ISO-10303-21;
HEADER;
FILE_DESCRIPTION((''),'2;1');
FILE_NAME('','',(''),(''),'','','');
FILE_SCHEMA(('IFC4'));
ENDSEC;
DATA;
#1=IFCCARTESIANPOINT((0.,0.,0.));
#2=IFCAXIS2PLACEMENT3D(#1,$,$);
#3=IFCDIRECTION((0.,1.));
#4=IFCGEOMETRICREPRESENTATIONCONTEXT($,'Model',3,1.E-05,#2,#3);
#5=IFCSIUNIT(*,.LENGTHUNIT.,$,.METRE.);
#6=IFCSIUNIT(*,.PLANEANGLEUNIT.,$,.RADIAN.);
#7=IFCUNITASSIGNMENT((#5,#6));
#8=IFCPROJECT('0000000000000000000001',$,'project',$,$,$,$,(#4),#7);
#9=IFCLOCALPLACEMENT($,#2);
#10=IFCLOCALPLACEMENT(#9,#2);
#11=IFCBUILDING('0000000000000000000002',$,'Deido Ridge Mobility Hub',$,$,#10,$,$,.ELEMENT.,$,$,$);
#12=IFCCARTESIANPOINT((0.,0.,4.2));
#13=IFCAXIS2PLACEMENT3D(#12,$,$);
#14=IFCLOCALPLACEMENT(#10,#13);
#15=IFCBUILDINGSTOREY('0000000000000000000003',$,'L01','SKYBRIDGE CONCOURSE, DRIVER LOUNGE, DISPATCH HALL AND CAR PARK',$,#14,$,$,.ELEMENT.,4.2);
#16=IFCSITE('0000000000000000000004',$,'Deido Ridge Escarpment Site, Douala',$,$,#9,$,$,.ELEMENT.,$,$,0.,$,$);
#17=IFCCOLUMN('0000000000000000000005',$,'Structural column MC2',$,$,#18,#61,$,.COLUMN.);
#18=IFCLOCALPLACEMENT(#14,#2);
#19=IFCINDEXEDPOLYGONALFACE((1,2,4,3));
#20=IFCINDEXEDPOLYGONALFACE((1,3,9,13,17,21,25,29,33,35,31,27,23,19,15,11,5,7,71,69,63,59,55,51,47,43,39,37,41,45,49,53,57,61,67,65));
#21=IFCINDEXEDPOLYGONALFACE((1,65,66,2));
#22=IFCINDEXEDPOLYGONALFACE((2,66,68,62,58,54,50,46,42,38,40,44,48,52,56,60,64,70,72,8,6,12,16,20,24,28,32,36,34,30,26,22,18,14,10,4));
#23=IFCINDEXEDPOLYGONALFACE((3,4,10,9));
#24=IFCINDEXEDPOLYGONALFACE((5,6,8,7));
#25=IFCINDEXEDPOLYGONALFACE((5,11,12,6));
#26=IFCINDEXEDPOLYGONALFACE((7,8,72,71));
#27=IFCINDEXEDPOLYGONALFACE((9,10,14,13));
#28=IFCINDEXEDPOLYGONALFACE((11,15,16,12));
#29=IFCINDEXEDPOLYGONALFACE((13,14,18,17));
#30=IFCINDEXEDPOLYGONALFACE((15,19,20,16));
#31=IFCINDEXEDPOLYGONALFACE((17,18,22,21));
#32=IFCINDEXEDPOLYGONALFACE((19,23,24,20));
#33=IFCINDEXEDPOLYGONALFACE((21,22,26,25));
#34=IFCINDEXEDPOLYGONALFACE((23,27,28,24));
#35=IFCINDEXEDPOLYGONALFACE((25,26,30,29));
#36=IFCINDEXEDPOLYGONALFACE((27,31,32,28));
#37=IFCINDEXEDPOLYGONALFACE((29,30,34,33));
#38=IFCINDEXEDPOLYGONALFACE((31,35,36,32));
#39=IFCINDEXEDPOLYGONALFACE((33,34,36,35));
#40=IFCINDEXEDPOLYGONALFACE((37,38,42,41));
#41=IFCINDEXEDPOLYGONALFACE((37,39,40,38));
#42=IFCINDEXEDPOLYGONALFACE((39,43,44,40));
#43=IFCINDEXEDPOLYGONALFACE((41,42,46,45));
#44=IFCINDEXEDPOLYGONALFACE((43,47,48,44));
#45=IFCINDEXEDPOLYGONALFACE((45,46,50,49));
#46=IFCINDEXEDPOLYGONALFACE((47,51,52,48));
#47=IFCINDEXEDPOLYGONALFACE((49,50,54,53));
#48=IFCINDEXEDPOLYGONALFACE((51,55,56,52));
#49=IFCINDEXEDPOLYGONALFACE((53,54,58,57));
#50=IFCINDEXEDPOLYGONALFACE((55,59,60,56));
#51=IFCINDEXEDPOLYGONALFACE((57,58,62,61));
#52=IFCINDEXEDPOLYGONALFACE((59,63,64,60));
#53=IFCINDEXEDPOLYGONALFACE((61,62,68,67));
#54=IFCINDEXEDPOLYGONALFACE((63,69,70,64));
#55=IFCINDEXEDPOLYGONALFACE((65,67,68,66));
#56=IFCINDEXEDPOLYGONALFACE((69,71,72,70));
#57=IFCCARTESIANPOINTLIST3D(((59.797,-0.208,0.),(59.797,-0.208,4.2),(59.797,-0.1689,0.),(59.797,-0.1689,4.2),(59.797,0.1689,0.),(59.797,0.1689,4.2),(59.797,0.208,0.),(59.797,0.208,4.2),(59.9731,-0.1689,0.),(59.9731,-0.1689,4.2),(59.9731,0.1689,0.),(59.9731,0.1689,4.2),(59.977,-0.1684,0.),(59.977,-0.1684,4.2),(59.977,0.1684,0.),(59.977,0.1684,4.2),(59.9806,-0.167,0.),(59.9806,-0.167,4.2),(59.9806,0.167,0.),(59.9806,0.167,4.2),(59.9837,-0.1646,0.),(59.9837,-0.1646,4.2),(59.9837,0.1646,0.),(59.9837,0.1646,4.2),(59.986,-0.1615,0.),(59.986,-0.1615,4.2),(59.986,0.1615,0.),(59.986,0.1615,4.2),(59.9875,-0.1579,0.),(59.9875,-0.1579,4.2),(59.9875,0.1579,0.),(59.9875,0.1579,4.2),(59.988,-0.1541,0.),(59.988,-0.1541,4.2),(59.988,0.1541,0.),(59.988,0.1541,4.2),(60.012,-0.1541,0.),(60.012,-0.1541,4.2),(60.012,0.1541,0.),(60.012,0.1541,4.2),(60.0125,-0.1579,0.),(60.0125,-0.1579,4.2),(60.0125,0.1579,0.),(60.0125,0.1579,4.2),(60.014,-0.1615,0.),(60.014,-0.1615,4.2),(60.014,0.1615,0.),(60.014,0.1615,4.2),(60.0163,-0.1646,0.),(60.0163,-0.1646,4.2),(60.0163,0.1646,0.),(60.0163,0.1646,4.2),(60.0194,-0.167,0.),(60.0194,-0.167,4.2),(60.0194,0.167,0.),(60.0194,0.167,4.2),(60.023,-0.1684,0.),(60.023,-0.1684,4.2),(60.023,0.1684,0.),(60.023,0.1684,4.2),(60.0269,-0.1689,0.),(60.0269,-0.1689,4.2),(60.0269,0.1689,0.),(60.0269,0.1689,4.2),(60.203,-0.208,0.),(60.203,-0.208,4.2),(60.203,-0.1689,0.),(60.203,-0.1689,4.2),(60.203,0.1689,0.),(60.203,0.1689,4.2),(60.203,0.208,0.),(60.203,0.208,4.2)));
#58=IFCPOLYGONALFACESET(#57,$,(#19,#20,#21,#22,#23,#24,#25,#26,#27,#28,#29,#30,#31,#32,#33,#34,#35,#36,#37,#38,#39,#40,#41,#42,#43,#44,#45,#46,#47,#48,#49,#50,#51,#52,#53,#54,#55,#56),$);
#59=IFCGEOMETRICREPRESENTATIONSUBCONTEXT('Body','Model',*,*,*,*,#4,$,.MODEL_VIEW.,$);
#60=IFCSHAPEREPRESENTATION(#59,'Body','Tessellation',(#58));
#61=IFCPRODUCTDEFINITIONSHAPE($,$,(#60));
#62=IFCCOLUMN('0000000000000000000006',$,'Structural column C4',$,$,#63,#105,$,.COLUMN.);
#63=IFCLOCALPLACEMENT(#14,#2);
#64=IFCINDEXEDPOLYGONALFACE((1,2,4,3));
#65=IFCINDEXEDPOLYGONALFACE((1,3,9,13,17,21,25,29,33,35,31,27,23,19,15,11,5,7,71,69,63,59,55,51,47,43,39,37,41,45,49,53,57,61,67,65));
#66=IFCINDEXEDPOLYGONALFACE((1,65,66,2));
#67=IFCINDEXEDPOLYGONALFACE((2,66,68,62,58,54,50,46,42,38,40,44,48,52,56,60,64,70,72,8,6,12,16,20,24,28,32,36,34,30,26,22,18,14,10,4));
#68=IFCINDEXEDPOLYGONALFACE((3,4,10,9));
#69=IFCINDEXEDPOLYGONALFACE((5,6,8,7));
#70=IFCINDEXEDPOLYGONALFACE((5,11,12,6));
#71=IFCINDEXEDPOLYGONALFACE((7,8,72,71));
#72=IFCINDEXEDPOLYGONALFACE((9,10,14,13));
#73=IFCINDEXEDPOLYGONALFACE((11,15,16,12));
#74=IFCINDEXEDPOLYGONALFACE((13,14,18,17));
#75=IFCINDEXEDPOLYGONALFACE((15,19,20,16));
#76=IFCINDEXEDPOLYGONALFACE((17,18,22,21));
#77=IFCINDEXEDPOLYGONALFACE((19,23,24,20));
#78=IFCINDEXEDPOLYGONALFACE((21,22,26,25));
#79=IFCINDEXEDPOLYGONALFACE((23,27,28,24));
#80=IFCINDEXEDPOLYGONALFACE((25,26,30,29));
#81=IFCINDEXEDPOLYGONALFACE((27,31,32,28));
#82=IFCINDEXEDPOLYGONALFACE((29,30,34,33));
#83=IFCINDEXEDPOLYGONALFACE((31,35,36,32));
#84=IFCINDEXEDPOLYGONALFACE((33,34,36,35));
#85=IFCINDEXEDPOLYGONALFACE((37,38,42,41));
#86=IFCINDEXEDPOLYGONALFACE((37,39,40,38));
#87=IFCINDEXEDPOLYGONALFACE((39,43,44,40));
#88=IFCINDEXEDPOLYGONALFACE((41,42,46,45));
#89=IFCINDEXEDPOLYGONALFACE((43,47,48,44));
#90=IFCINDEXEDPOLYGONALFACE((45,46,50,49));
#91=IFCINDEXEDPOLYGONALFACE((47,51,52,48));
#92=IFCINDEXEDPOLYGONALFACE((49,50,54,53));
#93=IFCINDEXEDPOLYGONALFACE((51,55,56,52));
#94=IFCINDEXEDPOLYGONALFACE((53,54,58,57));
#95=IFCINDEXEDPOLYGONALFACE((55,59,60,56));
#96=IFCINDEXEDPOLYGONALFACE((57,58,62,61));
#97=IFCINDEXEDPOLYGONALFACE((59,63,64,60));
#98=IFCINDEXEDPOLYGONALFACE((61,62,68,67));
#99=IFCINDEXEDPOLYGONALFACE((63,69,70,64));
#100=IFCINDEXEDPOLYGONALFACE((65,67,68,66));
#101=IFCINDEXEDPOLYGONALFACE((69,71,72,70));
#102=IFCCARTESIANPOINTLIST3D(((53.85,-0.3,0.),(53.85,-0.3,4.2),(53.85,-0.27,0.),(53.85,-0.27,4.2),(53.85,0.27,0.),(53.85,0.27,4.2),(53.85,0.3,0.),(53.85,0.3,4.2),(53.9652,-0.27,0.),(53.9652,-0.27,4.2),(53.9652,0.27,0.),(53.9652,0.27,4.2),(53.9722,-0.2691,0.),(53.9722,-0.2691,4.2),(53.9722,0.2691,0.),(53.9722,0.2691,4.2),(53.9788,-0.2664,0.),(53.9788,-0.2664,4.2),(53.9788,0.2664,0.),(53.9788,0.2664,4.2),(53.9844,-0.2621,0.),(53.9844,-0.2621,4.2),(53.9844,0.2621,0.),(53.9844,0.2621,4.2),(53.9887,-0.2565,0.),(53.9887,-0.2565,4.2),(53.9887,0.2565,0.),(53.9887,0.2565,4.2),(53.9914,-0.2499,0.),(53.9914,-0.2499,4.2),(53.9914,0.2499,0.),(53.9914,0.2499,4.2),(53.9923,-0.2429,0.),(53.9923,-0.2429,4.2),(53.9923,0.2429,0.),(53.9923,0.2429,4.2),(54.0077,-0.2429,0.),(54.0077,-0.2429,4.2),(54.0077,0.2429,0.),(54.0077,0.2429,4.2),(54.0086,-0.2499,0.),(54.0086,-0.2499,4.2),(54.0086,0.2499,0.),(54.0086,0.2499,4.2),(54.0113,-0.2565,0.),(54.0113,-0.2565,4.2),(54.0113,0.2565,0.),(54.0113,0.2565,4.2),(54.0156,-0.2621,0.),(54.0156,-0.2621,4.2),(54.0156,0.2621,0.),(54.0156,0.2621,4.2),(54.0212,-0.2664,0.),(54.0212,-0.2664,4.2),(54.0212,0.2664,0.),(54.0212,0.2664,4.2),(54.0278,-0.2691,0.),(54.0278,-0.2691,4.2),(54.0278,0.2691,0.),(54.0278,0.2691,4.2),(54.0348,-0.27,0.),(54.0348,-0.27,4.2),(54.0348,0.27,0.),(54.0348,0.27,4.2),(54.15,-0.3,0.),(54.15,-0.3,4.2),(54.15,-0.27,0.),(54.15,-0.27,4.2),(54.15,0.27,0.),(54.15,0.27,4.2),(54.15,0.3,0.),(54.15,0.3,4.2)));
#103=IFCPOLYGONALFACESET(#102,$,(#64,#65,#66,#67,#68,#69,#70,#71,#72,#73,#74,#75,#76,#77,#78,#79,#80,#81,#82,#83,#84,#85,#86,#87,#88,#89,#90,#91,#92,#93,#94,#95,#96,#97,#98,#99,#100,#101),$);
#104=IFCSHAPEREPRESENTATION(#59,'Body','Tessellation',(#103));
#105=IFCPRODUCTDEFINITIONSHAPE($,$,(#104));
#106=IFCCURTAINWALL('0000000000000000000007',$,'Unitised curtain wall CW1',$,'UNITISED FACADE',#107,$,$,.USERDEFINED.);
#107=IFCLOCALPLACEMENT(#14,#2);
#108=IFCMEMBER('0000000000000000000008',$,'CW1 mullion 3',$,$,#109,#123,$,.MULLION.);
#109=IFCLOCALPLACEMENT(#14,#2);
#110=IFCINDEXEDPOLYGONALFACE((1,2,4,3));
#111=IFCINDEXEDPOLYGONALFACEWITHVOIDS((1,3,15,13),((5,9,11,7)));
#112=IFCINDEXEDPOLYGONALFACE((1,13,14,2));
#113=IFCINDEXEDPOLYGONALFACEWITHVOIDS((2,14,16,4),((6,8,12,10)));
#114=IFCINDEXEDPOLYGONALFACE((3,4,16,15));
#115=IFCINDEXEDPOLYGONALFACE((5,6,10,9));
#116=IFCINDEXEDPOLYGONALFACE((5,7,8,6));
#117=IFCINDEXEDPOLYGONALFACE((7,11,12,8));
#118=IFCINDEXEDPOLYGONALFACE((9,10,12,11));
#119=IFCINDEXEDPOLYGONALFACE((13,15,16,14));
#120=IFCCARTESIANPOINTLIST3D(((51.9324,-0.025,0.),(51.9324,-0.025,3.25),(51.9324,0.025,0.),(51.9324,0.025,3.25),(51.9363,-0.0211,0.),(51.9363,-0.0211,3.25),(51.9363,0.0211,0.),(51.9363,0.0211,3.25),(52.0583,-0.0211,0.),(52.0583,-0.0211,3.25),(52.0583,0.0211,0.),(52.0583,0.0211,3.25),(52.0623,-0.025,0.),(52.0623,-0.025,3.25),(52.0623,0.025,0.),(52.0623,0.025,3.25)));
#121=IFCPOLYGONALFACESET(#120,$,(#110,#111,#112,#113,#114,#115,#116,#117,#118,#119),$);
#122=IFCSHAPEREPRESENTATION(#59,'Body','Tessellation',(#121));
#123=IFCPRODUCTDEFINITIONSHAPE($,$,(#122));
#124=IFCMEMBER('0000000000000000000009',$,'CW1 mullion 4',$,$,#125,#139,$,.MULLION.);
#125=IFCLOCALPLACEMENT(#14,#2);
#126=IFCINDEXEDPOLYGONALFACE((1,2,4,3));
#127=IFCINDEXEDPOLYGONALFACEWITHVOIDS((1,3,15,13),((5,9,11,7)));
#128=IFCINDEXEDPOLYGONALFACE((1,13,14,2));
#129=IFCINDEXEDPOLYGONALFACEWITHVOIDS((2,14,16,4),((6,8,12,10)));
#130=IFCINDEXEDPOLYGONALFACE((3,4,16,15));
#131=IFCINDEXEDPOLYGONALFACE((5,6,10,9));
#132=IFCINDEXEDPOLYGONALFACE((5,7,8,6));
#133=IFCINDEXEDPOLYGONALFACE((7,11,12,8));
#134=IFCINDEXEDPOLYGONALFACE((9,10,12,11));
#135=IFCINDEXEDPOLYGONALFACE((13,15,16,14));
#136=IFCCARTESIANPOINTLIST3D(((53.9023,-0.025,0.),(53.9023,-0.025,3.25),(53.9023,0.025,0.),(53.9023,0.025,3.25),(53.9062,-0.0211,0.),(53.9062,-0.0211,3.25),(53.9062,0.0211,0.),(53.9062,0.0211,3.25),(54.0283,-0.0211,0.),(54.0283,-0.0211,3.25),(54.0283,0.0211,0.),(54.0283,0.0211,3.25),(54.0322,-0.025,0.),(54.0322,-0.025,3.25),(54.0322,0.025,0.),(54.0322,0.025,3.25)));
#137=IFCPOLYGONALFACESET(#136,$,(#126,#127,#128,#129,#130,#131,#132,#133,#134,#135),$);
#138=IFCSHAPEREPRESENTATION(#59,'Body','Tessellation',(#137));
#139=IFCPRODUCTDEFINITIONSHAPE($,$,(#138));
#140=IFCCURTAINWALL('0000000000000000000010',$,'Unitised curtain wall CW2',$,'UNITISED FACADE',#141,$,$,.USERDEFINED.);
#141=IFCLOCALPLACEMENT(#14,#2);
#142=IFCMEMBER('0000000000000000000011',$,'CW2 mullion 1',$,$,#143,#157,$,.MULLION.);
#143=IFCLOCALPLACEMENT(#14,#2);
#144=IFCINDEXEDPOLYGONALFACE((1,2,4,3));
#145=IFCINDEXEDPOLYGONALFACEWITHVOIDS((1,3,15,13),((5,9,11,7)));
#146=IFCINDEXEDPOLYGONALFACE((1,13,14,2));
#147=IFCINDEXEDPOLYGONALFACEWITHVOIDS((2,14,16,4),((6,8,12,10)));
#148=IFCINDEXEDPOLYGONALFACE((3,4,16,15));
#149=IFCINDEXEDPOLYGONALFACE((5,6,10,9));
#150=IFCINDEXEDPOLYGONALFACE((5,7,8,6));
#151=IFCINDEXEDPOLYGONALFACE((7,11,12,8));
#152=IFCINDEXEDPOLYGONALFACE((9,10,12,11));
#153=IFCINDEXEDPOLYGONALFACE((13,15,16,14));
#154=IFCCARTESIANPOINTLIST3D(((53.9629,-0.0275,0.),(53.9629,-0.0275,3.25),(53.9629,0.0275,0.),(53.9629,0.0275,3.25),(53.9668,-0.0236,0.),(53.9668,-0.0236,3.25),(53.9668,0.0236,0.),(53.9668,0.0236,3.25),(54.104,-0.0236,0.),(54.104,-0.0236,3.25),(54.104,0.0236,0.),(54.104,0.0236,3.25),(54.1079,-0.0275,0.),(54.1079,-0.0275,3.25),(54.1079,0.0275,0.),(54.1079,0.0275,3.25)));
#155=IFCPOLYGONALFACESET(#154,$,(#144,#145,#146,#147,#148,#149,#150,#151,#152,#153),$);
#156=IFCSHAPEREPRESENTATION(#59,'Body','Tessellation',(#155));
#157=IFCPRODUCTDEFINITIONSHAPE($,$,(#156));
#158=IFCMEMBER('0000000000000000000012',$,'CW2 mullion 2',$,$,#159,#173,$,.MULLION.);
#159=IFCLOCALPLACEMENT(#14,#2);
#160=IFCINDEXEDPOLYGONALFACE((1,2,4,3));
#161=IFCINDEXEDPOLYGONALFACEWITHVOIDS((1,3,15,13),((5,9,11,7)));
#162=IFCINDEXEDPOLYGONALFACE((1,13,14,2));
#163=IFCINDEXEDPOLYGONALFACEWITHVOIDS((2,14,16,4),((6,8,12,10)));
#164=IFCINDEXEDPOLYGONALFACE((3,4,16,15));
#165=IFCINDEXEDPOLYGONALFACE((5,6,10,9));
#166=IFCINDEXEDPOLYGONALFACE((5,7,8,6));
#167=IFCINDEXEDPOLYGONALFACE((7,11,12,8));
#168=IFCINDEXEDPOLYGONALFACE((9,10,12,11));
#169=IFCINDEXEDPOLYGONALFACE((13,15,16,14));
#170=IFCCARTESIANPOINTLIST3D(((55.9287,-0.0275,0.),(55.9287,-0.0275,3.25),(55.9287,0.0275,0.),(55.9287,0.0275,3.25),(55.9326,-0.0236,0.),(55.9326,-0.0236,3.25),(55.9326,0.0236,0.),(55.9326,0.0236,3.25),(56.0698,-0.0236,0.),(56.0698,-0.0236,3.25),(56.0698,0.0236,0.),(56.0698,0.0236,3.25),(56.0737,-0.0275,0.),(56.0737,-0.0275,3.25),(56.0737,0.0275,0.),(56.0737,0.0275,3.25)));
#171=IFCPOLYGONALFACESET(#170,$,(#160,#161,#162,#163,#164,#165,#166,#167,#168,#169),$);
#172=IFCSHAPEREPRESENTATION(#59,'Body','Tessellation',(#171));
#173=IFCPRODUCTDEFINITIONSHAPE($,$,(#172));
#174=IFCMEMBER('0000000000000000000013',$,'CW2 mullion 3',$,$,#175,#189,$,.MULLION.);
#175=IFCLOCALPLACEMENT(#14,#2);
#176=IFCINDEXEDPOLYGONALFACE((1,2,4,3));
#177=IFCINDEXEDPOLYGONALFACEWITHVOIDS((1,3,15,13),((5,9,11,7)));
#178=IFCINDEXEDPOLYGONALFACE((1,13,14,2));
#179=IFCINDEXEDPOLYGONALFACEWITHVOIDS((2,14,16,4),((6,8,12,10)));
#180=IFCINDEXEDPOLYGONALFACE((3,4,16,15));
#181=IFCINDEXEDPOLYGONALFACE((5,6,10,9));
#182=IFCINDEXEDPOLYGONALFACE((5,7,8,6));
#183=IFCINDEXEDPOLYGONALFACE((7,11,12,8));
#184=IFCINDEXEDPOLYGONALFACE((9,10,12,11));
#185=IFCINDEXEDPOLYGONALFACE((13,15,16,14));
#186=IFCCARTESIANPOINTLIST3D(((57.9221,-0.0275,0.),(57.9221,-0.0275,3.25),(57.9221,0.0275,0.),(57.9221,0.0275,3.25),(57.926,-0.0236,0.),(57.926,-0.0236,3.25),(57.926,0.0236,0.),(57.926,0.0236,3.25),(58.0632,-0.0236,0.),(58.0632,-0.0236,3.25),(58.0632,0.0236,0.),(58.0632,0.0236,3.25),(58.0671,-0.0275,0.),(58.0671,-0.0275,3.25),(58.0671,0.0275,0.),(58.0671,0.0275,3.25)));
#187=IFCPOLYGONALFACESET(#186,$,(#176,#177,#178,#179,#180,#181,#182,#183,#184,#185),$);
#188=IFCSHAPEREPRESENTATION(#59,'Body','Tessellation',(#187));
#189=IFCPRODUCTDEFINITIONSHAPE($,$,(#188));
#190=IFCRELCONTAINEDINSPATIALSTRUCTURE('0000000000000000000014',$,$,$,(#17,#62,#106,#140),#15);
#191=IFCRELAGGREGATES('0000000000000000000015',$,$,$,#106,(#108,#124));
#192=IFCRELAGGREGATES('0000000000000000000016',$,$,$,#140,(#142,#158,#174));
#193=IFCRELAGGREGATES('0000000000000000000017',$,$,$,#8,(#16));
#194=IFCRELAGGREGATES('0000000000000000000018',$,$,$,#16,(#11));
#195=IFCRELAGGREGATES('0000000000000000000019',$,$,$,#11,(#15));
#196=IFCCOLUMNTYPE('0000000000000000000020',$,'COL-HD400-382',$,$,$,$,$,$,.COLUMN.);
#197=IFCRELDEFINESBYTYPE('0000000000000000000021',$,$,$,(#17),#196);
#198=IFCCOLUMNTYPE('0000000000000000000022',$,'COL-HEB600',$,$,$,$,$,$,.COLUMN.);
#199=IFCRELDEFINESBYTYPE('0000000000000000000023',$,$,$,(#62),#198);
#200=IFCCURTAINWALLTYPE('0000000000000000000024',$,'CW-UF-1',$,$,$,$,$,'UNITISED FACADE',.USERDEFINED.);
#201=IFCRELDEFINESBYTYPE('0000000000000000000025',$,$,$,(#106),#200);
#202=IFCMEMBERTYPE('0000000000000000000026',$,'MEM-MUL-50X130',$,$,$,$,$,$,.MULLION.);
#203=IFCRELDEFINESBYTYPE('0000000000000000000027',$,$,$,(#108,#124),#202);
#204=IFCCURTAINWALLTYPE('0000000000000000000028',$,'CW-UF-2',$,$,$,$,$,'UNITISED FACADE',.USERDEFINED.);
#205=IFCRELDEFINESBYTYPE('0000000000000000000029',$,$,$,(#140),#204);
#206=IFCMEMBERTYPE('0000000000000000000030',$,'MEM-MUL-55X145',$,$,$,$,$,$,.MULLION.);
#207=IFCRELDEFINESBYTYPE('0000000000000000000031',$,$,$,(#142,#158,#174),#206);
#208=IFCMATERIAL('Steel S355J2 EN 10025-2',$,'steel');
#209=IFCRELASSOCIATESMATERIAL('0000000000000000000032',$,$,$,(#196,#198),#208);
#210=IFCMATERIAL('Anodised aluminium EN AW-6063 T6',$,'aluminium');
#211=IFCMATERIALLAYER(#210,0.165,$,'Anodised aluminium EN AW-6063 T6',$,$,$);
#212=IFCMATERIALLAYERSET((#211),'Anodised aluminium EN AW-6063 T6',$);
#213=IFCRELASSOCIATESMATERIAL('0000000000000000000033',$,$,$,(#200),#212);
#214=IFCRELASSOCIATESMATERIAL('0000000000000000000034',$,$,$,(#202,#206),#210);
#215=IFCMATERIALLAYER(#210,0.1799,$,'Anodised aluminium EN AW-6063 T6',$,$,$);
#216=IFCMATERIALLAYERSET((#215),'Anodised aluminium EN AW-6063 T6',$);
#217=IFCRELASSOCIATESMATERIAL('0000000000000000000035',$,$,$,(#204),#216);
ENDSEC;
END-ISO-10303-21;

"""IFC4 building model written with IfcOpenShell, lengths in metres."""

from ifc_helpers import new_model, si_unit, direction, frame, origin, origin_2d, place, context, subcontext, project, spatial, hollow_rectangle, i_section, extrude, material, layer, layer_set, material_profile, profile_set, type_object, element, aggregate, save


model = new_model("IFC4")

# Units and contexts
model_context = context("Model", 3, precision=1e-05, world=origin(), true_north=direction((0.0, 1.0)))
body_context = subcontext(model_context, "Body", "Model", "MODEL_VIEW")
ifc_project = project(units=[si_unit("LENGTHUNIT", "METRE"), si_unit("PLANEANGLEUNIT", "RADIAN")], contexts=[model_context])

# Site, building, storey
site_placement = place(None, origin())
site = spatial("IfcSite", under=ifc_project, at=site_placement, Name="Deido Ridge Escarpment Site, Douala", CompositionType="ELEMENT", RefElevation=0.0)
building_placement = place(site_placement, origin())
building = spatial("IfcBuilding", under=site, at=building_placement, Name="Deido Ridge Mobility Hub", CompositionType="ELEMENT")
storey_placement = place(building_placement, frame((0.0, 0.0, 4.2)))
storey = spatial("IfcBuildingStorey", under=building, at=storey_placement, Name="L01", Description="SKYBRIDGE CONCOURSE, DRIVER LOUNGE, DISPATCH HALL AND CAR PARK", CompositionType="ELEMENT", Elevation=4.2)

# Columns
ifc_material_1 = material(Name="Steel S355J2 EN 10025-2", Category="steel")
ifc_material_profile_1 = material_profile(ifc_material_1, i_section(OverallWidth=0.406, OverallDepth=0.416, WebThickness=0.0239, FlangeThickness=0.0391, FilletRadius=0.0149, at=origin_2d()), Name="HD 400x382")
ifc_profile_set_1 = profile_set([ifc_material_profile_1], Name="Steel S355J2 EN 10025-2")
column_type_1 = type_object("IfcColumnType", Name="COL-HD400-382", PredefinedType="COLUMN", material=ifc_profile_set_1)
column_1_placement = place(storey_placement, frame((60.0, 0.0, 0.0), z_axis=(0.0, 0.0, 1.0), x_axis=(1.0, 0.0, 0.0)))
element("IfcColumn", 1, at=column_1_placement, inside=storey, type_object=column_type_1, Name="Structural column MC2", PredefinedType="COLUMN", context=body_context, shape_type="SweptSolid", body=[
    extrude(i_section(OverallWidth=0.406, OverallDepth=0.416, WebThickness=0.0239, FlangeThickness=0.0391, FilletRadius=0.0149, at=origin_2d()), origin(), (0.0, 0.0, 1.0), 4.2),
])
ifc_material_profile_2 = material_profile(ifc_material_1, i_section(OverallWidth=0.3, OverallDepth=0.6001, WebThickness=0.0154, FlangeThickness=0.03, FilletRadius=0.0271, at=origin_2d()), Name="HEB 600")
ifc_profile_set_2 = profile_set([ifc_material_profile_2], Name="Steel S355J2 EN 10025-2")
column_type_2 = type_object("IfcColumnType", Name="COL-HEB600", PredefinedType="COLUMN", material=ifc_profile_set_2)
column_2_placement = place(storey_placement, frame((54.0, 0.0, 0.0), z_axis=(0.0, 0.0, 1.0), x_axis=(1.0, 0.0, 0.0)))
element("IfcColumn", 2, at=column_2_placement, inside=storey, type_object=column_type_2, Name="Structural column C4", PredefinedType="COLUMN", context=body_context, shape_type="SweptSolid", body=[
    extrude(i_section(OverallWidth=0.3, OverallDepth=0.6001, WebThickness=0.0154, FlangeThickness=0.03, FilletRadius=0.0271, at=origin_2d()), origin(), (0.0, 0.0, 1.0), 4.2),
])

# Curtain walls, members
ifc_material_2 = material(Name="Anodised aluminium EN AW-6063 T6", Category="aluminium")
ifc_layer_1 = layer(ifc_material_2, 0.165, Name="Anodised aluminium EN AW-6063 T6")
ifc_layer_set_1 = layer_set([ifc_layer_1], Name="Anodised aluminium EN AW-6063 T6")
curtain_wall_type_1 = type_object("IfcCurtainWallType", Name="CW-UF-1", ElementType="UNITISED FACADE", PredefinedType="USERDEFINED", material=ifc_layer_set_1)
curtain_wall_1_placement = place(storey_placement, origin())
curtain_wall_1 = element("IfcCurtainWall", 3, at=curtain_wall_1_placement, inside=storey, type_object=curtain_wall_type_1, Name="Unitised curtain wall CW1", ObjectType="UNITISED FACADE", PredefinedType="USERDEFINED")
ifc_material_profile_3 = material_profile(ifc_material_2, hollow_rectangle(XDim=0.05, YDim=0.1299, WallThickness=0.0039, at=origin_2d()), Name="RHS 50x130x4")
ifc_profile_set_3 = profile_set([ifc_material_profile_3], Name="Anodised aluminium EN AW-6063 T6")
member_type_1 = type_object("IfcMemberType", Name="MEM-MUL-50X130", PredefinedType="MULLION", material=ifc_profile_set_3)
member_1_placement = place(storey_placement, frame((51.9973, 0.0, 0.0), z_axis=(0.0, 0.0, 1.0), x_axis=(0.0, 1.0, 0.0)))
member_1 = element("IfcMember", 4, at=member_1_placement, type_object=member_type_1, Name="CW1 mullion 3", PredefinedType="MULLION", context=body_context, shape_type="SweptSolid", body=[
    extrude(hollow_rectangle(XDim=0.05, YDim=0.1299, WallThickness=0.0039, at=origin_2d()), origin(), (0.0, 0.0, 1.0), 3.25),
])
member_2_placement = place(storey_placement, frame((53.9673, 0.0, 0.0), z_axis=(0.0, 0.0, 1.0), x_axis=(0.0, 1.0, 0.0)))
member_2 = element("IfcMember", 5, at=member_2_placement, type_object=member_type_1, Name="CW1 mullion 4", PredefinedType="MULLION", context=body_context, shape_type="SweptSolid", body=[
    extrude(hollow_rectangle(XDim=0.05, YDim=0.1299, WallThickness=0.0039, at=origin_2d()), origin(), (0.0, 0.0, 1.0), 3.25),
])
ifc_layer_2 = layer(ifc_material_2, 0.1799, Name="Anodised aluminium EN AW-6063 T6")
ifc_layer_set_2 = layer_set([ifc_layer_2], Name="Anodised aluminium EN AW-6063 T6")
curtain_wall_type_2 = type_object("IfcCurtainWallType", Name="CW-UF-2", ElementType="UNITISED FACADE", PredefinedType="USERDEFINED", material=ifc_layer_set_2)
curtain_wall_2_placement = place(storey_placement, origin())
curtain_wall_2 = element("IfcCurtainWall", 6, at=curtain_wall_2_placement, inside=storey, type_object=curtain_wall_type_2, Name="Unitised curtain wall CW2", ObjectType="UNITISED FACADE", PredefinedType="USERDEFINED")
ifc_material_profile_4 = material_profile(ifc_material_2, hollow_rectangle(XDim=0.0549, YDim=0.145, WallThickness=0.0039, at=origin_2d()), Name="RHS 55x145x4")
ifc_profile_set_4 = profile_set([ifc_material_profile_4], Name="Anodised aluminium EN AW-6063 T6")
member_type_2 = type_object("IfcMemberType", Name="MEM-MUL-55X145", PredefinedType="MULLION", material=ifc_profile_set_4)
member_3_placement = place(storey_placement, frame((54.0354, 0.0, 0.0), z_axis=(0.0, 0.0, 1.0), x_axis=(0.0, 1.0, 0.0)))
member_3 = element("IfcMember", 7, at=member_3_placement, type_object=member_type_2, Name="CW2 mullion 1", PredefinedType="MULLION", context=body_context, shape_type="SweptSolid", body=[
    extrude(hollow_rectangle(XDim=0.0549, YDim=0.145, WallThickness=0.0039, at=origin_2d()), origin(), (0.0, 0.0, 1.0), 3.25),
])
member_4_placement = place(storey_placement, frame((56.0012, 0.0, 0.0), z_axis=(0.0, 0.0, 1.0), x_axis=(0.0, 1.0, 0.0)))
member_4 = element("IfcMember", 8, at=member_4_placement, type_object=member_type_2, Name="CW2 mullion 2", PredefinedType="MULLION", context=body_context, shape_type="SweptSolid", body=[
    extrude(hollow_rectangle(XDim=0.0549, YDim=0.145, WallThickness=0.0039, at=origin_2d()), origin(), (0.0, 0.0, 1.0), 3.25),
])
member_5_placement = place(storey_placement, frame((57.9946, 0.0, 0.0), z_axis=(0.0, 0.0, 1.0), x_axis=(0.0, 1.0, 0.0)))
member_5 = element("IfcMember", 9, at=member_5_placement, type_object=member_type_2, Name="CW2 mullion 3", PredefinedType="MULLION", context=body_context, shape_type="SweptSolid", body=[
    extrude(hollow_rectangle(XDim=0.0549, YDim=0.145, WallThickness=0.0039, at=origin_2d()), origin(), (0.0, 0.0, 1.0), 3.25),
])

aggregate(curtain_wall_1, [member_1, member_2])
aggregate(curtain_wall_2, [member_3, member_4, member_5])

save(model, "model.ifc")
